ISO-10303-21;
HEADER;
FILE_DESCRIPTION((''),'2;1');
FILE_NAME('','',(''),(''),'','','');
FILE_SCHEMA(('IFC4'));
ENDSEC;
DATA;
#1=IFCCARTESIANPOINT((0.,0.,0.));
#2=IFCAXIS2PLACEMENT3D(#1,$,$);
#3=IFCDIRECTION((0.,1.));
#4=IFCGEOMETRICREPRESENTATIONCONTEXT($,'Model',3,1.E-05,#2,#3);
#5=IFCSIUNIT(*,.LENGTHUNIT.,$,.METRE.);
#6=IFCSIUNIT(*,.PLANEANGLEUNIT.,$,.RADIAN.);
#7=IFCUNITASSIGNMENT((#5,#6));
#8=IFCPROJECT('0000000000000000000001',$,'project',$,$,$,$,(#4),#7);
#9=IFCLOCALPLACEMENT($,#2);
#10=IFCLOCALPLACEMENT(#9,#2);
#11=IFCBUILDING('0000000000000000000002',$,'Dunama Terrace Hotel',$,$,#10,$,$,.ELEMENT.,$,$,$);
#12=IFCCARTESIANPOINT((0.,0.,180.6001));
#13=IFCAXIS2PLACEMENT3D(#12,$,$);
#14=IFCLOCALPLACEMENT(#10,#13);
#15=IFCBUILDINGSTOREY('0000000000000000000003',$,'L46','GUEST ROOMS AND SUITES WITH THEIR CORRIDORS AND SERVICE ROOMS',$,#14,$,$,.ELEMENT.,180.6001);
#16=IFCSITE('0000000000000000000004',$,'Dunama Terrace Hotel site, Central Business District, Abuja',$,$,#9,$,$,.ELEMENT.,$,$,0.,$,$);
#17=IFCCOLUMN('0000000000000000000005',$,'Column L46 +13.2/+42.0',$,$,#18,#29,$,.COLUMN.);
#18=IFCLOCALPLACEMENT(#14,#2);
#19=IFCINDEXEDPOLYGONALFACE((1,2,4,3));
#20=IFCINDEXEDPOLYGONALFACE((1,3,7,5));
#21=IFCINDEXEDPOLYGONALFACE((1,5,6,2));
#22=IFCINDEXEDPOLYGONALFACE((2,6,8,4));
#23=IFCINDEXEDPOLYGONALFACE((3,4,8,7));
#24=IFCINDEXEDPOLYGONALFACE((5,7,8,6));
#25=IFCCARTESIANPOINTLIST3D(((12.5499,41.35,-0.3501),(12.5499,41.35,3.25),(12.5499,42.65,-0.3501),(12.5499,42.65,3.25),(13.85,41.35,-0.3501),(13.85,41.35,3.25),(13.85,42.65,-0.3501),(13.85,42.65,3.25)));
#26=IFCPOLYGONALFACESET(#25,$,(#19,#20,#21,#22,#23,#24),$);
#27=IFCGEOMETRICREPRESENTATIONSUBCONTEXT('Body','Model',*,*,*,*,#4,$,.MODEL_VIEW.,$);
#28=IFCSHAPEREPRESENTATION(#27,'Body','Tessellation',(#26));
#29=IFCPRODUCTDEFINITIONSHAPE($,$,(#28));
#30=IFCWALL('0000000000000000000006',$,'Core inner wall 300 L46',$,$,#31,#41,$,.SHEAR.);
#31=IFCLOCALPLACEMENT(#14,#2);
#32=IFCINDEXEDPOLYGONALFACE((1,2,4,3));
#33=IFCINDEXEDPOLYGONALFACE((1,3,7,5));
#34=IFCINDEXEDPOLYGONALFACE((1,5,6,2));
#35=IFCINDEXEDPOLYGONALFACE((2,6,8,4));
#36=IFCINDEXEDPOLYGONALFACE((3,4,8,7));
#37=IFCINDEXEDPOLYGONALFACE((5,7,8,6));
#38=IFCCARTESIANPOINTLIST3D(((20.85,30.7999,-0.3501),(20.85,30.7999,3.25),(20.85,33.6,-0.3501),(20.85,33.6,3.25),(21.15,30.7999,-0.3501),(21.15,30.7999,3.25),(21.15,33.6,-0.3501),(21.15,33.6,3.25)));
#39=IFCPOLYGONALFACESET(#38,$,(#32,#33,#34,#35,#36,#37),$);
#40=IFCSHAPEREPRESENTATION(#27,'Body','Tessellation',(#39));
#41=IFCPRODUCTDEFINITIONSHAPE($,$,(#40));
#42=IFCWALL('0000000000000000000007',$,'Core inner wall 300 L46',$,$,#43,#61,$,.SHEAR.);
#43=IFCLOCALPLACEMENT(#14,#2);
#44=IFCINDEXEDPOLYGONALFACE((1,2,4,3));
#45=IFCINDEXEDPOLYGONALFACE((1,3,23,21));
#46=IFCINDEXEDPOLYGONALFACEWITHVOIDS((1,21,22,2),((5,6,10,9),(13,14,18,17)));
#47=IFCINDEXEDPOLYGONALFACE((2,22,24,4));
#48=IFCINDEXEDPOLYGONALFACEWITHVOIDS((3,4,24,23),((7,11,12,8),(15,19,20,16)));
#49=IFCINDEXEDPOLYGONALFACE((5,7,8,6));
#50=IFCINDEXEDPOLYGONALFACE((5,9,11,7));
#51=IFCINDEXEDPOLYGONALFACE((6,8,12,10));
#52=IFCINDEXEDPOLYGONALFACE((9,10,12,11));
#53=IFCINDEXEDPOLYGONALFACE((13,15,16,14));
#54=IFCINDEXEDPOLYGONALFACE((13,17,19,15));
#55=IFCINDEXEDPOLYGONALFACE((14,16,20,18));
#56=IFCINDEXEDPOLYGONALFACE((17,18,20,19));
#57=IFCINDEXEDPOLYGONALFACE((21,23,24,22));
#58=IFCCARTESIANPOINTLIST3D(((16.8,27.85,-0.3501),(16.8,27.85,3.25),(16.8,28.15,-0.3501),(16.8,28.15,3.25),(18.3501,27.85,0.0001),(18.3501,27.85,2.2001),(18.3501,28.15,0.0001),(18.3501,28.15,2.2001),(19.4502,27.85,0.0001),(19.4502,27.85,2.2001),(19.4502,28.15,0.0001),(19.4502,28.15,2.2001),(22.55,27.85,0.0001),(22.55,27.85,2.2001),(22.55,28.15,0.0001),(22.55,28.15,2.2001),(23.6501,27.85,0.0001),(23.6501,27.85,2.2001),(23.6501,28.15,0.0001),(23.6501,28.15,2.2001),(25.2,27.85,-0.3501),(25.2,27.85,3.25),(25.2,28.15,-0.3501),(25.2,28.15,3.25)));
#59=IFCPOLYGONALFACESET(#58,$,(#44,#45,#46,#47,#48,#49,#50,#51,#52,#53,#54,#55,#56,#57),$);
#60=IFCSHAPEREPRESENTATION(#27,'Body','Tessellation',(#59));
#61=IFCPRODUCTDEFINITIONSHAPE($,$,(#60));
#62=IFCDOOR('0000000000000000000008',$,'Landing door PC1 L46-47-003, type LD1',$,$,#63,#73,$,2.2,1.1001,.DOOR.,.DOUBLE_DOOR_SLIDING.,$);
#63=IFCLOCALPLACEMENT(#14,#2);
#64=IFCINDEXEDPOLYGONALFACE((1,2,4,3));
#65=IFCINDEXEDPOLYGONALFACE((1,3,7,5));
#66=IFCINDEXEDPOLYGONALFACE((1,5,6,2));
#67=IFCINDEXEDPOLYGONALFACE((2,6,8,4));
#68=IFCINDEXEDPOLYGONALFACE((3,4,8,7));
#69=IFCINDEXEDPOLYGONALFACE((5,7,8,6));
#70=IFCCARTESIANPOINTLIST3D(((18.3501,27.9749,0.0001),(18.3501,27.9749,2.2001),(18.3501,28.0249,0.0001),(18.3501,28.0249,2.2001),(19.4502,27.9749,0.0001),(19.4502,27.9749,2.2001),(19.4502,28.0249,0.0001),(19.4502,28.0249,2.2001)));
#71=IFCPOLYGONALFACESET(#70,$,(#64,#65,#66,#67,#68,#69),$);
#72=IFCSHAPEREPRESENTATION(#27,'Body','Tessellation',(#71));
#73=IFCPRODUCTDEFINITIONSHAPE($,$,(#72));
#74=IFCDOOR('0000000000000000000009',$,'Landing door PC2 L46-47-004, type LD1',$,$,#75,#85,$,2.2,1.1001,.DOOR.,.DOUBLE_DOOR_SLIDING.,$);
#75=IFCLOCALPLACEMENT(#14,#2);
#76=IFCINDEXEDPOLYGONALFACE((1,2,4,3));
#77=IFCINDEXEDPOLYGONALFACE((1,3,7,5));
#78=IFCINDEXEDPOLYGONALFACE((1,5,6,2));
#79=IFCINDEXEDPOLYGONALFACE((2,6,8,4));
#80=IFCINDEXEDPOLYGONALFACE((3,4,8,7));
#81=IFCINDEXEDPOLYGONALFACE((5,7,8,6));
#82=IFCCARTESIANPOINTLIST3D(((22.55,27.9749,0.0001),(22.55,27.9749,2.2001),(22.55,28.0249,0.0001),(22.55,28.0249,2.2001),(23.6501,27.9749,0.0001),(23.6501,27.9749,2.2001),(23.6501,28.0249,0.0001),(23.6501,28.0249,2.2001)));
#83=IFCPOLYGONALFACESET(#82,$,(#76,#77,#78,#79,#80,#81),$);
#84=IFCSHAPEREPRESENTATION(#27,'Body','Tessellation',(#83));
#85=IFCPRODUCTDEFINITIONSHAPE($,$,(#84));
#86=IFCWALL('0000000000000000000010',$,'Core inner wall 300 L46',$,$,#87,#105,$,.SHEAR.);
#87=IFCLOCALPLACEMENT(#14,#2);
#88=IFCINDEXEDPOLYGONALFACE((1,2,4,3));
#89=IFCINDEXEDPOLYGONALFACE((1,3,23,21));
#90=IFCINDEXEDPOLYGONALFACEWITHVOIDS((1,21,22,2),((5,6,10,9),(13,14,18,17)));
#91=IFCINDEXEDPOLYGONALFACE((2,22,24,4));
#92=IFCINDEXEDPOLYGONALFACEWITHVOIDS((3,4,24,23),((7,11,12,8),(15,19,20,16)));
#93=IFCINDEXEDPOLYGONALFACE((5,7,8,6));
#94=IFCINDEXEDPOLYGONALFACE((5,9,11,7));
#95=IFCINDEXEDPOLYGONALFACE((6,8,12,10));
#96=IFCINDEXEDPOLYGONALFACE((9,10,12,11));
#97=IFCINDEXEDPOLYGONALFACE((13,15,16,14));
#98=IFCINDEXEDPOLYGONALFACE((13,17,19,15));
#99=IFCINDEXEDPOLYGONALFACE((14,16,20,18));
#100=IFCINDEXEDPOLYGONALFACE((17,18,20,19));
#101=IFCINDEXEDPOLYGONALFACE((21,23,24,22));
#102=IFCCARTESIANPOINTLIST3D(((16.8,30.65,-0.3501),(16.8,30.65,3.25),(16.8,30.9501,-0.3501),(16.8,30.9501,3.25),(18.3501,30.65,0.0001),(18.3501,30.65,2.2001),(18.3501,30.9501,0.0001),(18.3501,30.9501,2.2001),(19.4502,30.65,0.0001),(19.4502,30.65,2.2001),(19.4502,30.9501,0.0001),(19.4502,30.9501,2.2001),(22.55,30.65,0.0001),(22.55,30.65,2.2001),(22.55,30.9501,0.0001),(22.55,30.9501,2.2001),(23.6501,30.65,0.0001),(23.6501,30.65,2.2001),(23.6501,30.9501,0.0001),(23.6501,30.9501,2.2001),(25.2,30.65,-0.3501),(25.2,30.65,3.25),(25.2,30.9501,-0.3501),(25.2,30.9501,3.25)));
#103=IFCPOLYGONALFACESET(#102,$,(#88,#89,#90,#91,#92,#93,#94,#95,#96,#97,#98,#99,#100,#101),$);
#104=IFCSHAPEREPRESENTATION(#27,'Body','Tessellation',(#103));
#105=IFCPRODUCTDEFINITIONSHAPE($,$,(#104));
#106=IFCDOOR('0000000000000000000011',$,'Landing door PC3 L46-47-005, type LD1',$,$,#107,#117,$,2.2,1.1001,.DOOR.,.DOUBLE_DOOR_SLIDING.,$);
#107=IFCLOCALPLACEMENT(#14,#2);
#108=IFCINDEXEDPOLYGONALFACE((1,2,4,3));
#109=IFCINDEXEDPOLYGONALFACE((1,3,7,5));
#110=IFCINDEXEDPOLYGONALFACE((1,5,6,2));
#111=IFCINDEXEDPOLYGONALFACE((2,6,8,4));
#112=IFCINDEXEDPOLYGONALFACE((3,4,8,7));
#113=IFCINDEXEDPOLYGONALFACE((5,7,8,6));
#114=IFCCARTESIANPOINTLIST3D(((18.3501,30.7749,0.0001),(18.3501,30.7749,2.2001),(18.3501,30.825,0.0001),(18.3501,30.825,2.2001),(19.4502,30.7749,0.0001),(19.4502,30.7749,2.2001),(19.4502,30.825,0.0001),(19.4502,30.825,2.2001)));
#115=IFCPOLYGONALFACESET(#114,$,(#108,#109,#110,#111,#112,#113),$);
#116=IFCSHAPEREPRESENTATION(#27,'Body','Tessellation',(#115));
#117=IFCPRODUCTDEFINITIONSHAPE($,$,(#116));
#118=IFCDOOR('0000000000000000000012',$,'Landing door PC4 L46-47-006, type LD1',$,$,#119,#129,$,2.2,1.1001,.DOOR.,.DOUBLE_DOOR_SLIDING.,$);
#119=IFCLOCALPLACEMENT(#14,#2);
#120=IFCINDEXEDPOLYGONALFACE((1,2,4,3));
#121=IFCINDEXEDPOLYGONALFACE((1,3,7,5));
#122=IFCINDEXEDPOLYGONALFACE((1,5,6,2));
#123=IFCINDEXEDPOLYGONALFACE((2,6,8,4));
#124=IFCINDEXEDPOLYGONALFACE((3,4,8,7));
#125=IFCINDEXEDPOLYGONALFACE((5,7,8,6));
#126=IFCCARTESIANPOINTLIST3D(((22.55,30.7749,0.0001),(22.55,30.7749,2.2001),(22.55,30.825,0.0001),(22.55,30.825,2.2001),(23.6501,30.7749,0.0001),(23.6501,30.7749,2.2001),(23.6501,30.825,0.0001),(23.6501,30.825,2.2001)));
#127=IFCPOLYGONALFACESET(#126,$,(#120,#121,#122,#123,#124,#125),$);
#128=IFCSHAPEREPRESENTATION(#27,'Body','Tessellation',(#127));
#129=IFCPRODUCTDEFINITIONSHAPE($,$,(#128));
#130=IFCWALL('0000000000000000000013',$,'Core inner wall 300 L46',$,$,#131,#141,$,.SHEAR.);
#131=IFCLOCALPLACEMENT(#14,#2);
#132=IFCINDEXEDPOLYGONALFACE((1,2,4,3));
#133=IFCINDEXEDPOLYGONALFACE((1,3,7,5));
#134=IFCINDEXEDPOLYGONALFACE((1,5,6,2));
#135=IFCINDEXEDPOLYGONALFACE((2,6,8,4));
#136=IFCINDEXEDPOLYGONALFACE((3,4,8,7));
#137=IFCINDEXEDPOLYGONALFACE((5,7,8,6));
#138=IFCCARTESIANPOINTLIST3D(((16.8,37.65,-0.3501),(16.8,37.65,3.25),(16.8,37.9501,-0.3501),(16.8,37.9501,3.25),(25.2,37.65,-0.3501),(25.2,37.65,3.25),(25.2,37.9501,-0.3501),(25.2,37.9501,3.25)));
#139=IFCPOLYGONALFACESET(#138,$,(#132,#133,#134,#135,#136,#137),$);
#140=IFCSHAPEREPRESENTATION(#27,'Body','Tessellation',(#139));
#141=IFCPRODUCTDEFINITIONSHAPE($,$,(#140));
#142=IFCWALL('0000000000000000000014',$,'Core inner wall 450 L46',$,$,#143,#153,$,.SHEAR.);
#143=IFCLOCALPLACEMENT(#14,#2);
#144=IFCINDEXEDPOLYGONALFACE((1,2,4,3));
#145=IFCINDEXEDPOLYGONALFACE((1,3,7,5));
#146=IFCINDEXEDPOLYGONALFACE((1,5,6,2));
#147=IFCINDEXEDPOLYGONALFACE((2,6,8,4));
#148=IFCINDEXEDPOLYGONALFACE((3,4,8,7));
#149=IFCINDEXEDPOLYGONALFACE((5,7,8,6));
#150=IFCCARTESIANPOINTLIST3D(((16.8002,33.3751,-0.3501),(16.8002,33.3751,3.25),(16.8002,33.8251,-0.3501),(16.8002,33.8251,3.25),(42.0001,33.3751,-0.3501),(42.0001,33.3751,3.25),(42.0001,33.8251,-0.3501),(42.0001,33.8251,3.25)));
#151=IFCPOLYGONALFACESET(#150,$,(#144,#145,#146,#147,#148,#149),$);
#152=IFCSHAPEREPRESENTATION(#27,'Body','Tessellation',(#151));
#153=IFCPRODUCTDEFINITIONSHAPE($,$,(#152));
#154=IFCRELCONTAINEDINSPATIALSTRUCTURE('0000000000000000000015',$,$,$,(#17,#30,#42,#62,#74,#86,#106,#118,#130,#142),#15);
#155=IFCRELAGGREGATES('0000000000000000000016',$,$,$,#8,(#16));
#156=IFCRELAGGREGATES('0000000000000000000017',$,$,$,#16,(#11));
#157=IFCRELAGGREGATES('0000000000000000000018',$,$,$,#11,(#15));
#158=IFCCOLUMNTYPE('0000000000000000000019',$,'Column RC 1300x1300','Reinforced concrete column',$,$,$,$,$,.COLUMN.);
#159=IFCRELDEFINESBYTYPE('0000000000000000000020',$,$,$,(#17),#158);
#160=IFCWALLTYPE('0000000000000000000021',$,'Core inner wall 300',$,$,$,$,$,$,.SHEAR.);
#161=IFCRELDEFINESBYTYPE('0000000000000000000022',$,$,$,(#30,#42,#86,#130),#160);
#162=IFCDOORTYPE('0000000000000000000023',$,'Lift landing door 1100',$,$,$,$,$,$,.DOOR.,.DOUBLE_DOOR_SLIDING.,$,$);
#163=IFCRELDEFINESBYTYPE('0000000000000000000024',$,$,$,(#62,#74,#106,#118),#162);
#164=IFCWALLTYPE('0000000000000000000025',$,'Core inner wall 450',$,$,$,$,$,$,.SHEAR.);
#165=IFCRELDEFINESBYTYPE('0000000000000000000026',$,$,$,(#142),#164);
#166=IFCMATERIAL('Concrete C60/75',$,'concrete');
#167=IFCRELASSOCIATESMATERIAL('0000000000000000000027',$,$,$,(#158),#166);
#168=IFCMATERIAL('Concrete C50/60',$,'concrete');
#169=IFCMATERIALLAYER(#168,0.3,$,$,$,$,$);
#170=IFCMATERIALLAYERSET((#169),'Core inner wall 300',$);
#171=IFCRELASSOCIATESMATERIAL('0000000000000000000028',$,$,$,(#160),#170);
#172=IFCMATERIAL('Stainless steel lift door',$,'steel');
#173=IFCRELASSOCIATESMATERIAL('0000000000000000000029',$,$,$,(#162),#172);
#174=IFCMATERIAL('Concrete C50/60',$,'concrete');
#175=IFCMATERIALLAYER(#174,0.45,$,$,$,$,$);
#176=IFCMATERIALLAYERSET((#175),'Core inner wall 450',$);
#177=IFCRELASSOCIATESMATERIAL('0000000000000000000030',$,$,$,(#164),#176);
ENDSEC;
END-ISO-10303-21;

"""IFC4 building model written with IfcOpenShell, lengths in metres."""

from ifc_helpers import new_model, si_unit, direction, frame, frame_2d, origin, origin_2d, place, context, subcontext, project, spatial, rectangle, extrude, material, layer, layer_set, material_profile, profile_set, type_object, element, fill, save


model = new_model("IFC4")

# Units and contexts
model_context = context("Model", 3, precision=1e-05, world=origin(), true_north=direction((0.0, 1.0)))
body_context = subcontext(model_context, "Body", "Model", "MODEL_VIEW")
ifc_project = project(units=[si_unit("LENGTHUNIT", "METRE"), si_unit("PLANEANGLEUNIT", "RADIAN")], contexts=[model_context])

# Site, building, storey
site_placement = place(None, origin())
site = spatial("IfcSite", under=ifc_project, at=site_placement, Name="Dunama Terrace Hotel site, Central Business District, Abuja", CompositionType="ELEMENT", RefElevation=0.0)
building_placement = place(site_placement, origin())
building = spatial("IfcBuilding", under=site, at=building_placement, Name="Dunama Terrace Hotel", CompositionType="ELEMENT")
storey_placement = place(building_placement, frame((0.0, 0.0, 180.6001)))
storey = spatial("IfcBuildingStorey", under=building, at=storey_placement, Name="L46", Description="GUEST ROOMS AND SUITES WITH THEIR CORRIDORS AND SERVICE ROOMS", CompositionType="ELEMENT", Elevation=180.6001)

# Column
ifc_material_1 = material(Name="Concrete C60/75", Category="concrete")
ifc_material_profile = material_profile(ifc_material_1, rectangle(XDim=1.3, YDim=1.3, at=origin_2d()), Name="RC 1300x1300")
ifc_profile_set = profile_set([ifc_material_profile], Name="Concrete C60/75")
column_type = type_object("IfcColumnType", Name="Column RC 1300x1300", Description="Reinforced concrete column", PredefinedType="COLUMN", material=ifc_profile_set)
column_placement = place(storey_placement, frame((13.2, 42.0, -0.3501), z_axis=(0.0, 0.0, 1.0), x_axis=(1.0, 0.0, 0.0)))
element("IfcColumn", 1, at=column_placement, inside=storey, type_object=column_type, Name="Column L46 +13.2/+42.0", PredefinedType="COLUMN", context=body_context, shape_type="SweptSolid", body=[
    extrude(rectangle(XDim=1.3, YDim=1.3, at=origin_2d()), origin(), (0.0, 0.0, 1.0), 3.6001),
])

# Wall
ifc_material_2 = material(Name="Concrete C50/60", Category="concrete")
ifc_layer_1 = layer(ifc_material_2, 0.3)
ifc_layer_set_1 = layer_set([ifc_layer_1], Name="Core inner wall 300")
wall_type_1 = type_object("IfcWallType", Name="Core inner wall 300", PredefinedType="SHEAR", material=ifc_layer_set_1)
wall_1_placement = place(storey_placement, frame((21.0, 30.8, -0.3501), z_axis=(0.0, 0.0, 1.0), x_axis=(0.0, 1.0, 0.0)))
element("IfcWall", 2, at=wall_1_placement, inside=storey, type_object=wall_type_1, Name="Core inner wall 300 L46", PredefinedType="SHEAR", context=body_context, shape_type="SweptSolid", body=[
    extrude(rectangle(XDim=2.8, YDim=0.3, at=frame_2d((1.3999, 0.0))), origin(), (0.0, 0.0, 1.0), 3.6001),
])

# Walls, openings, doors
wall_2_placement = place(storey_placement, frame((16.8, 28.0, -0.3501), z_axis=(0.0, 0.0, 1.0), x_axis=(1.0, 0.0, 0.0)))
wall_2 = element("IfcWall", 3, at=wall_2_placement, inside=storey, type_object=wall_type_1, Name="Core inner wall 300 L46", PredefinedType="SHEAR", context=body_context, shape_type="SweptSolid", body=[
    extrude(rectangle(XDim=8.3999, YDim=0.3, at=frame_2d((4.2, 0.0))), origin(), (0.0, 0.0, 1.0), 3.6001),
])
opening_1_placement = place(wall_2_placement, frame((1.55, 0.0, 0.3501)))
opening_1 = element("IfcOpeningElement", 4, at=opening_1_placement, cuts=wall_2, PredefinedType="OPENING", context=body_context, shape_type="SweptSolid", body=[
    extrude(rectangle(XDim=1.1001, YDim=2.2, at=frame_2d((0.55, 1.1001))), frame((0.0, 0.1599, 0.0), z_axis=(0.0, -1.0, 0.0), x_axis=(1.0, 0.0, 0.0)), (0.0, 0.0, 1.0), 0.3201),
])
opening_2_placement = place(wall_2_placement, frame((5.75, 0.0, 0.3501)))
opening_2 = element("IfcOpeningElement", 5, at=opening_2_placement, cuts=wall_2, PredefinedType="OPENING", context=body_context, shape_type="SweptSolid", body=[
    extrude(rectangle(XDim=1.1001, YDim=2.2, at=frame_2d((0.55, 1.1001))), frame((0.0, 0.1599, 0.0), z_axis=(0.0, -1.0, 0.0), x_axis=(1.0, 0.0, 0.0)), (0.0, 0.0, 1.0), 0.3201),
])
ifc_material_3 = material(Name="Stainless steel lift door", Category="steel")
door_type_1 = type_object("IfcDoorType", Name="Lift landing door 1100", OperationType="DOUBLE_DOOR_SLIDING", PredefinedType="DOOR", material=ifc_material_3)
door_1_placement = place(opening_1_placement, origin())
door_1 = element("IfcDoor", 6, at=door_1_placement, inside=storey, type_object=door_type_1, Name="Landing door PC1 L46-47-003, type LD1", OperationType="DOUBLE_DOOR_SLIDING", OverallHeight=2.2, OverallWidth=1.1001, PredefinedType="DOOR", context=body_context, shape_type="SweptSolid", body=[
    extrude(rectangle(XDim=1.1001, YDim=2.2, at=frame_2d((0.55, 1.1001))), frame((0.0, 0.0249, 0.0), z_axis=(0.0, -1.0, 0.0), x_axis=(1.0, 0.0, 0.0)), (0.0, 0.0, 1.0), 0.05),
])
fill(opening_1, door_1)
door_2_placement = place(opening_2_placement, origin())
door_2 = element("IfcDoor", 7, at=door_2_placement, inside=storey, type_object=door_type_1, Name="Landing door PC2 L46-47-004, type LD1", OperationType="DOUBLE_DOOR_SLIDING", OverallHeight=2.2, OverallWidth=1.1001, PredefinedType="DOOR", context=body_context, shape_type="SweptSolid", body=[
    extrude(rectangle(XDim=1.1001, YDim=2.2, at=frame_2d((0.55, 1.1001))), frame((0.0, 0.0249, 0.0), z_axis=(0.0, -1.0, 0.0), x_axis=(1.0, 0.0, 0.0)), (0.0, 0.0, 1.0), 0.05),
])
fill(opening_2, door_2)
wall_3_placement = place(storey_placement, frame((16.8, 30.8, -0.3501), z_axis=(0.0, 0.0, 1.0), x_axis=(1.0, 0.0, 0.0)))
wall_3 = element("IfcWall", 8, at=wall_3_placement, inside=storey, type_object=wall_type_1, Name="Core inner wall 300 L46", PredefinedType="SHEAR", context=body_context, shape_type="SweptSolid", body=[
    extrude(rectangle(XDim=8.3999, YDim=0.3, at=frame_2d((4.2, 0.0))), origin(), (0.0, 0.0, 1.0), 3.6001),
])
opening_3_placement = place(wall_3_placement, frame((1.55, 0.0, 0.3501)))
opening_3 = element("IfcOpeningElement", 9, at=opening_3_placement, cuts=wall_3, PredefinedType="OPENING", context=body_context, shape_type="SweptSolid", body=[
    extrude(rectangle(XDim=1.1001, YDim=2.2, at=frame_2d((0.55, 1.1001))), frame((0.0, 0.1599, 0.0), z_axis=(0.0, -1.0, 0.0), x_axis=(1.0, 0.0, 0.0)), (0.0, 0.0, 1.0), 0.3201),
])
opening_4_placement = place(wall_3_placement, frame((5.75, 0.0, 0.3501)))
opening_4 = element("IfcOpeningElement", 10, at=opening_4_placement, cuts=wall_3, PredefinedType="OPENING", context=body_context, shape_type="SweptSolid", body=[
    extrude(rectangle(XDim=1.1001, YDim=2.2, at=frame_2d((0.55, 1.1001))), frame((0.0, 0.1599, 0.0), z_axis=(0.0, -1.0, 0.0), x_axis=(1.0, 0.0, 0.0)), (0.0, 0.0, 1.0), 0.3201),
])
door_3_placement = place(opening_3_placement, origin())
door_3 = element("IfcDoor", 11, at=door_3_placement, inside=storey, type_object=door_type_1, Name="Landing door PC3 L46-47-005, type LD1", OperationType="DOUBLE_DOOR_SLIDING", OverallHeight=2.2, OverallWidth=1.1001, PredefinedType="DOOR", context=body_context, shape_type="SweptSolid", body=[
    extrude(rectangle(XDim=1.1001, YDim=2.2, at=frame_2d((0.55, 1.1001))), frame((0.0, 0.0249, 0.0), z_axis=(0.0, -1.0, 0.0), x_axis=(1.0, 0.0, 0.0)), (0.0, 0.0, 1.0), 0.05),
])
fill(opening_3, door_3)
door_4_placement = place(opening_4_placement, origin())
door_4 = element("IfcDoor", 12, at=door_4_placement, inside=storey, type_object=door_type_1, Name="Landing door PC4 L46-47-006, type LD1", OperationType="DOUBLE_DOOR_SLIDING", OverallHeight=2.2, OverallWidth=1.1001, PredefinedType="DOOR", context=body_context, shape_type="SweptSolid", body=[
    extrude(rectangle(XDim=1.1001, YDim=2.2, at=frame_2d((0.55, 1.1001))), frame((0.0, 0.0249, 0.0), z_axis=(0.0, -1.0, 0.0), x_axis=(1.0, 0.0, 0.0)), (0.0, 0.0, 1.0), 0.05),
])
fill(opening_4, door_4)

# Walls
wall_4_placement = place(storey_placement, frame((16.8, 37.8, -0.3501), z_axis=(0.0, 0.0, 1.0), x_axis=(1.0, 0.0, 0.0)))
element("IfcWall", 13, at=wall_4_placement, inside=storey, type_object=wall_type_1, Name="Core inner wall 300 L46", PredefinedType="SHEAR", context=body_context, shape_type="SweptSolid", body=[
    extrude(rectangle(XDim=8.3999, YDim=0.3, at=frame_2d((4.2, 0.0))), origin(), (0.0, 0.0, 1.0), 3.6001),
])
ifc_material_4 = material(Name="Concrete C50/60", Category="concrete")
ifc_layer_2 = layer(ifc_material_4, 0.45)
ifc_layer_set_2 = layer_set([ifc_layer_2], Name="Core inner wall 450")
wall_type_2 = type_object("IfcWallType", Name="Core inner wall 450", PredefinedType="SHEAR", material=ifc_layer_set_2)
wall_5_placement = place(storey_placement, frame((16.8, 33.6001, -0.3501), z_axis=(0.0, 0.0, 1.0), x_axis=(1.0, 0.0, 0.0)))
element("IfcWall", 14, at=wall_5_placement, inside=storey, type_object=wall_type_2, Name="Core inner wall 450 L46", PredefinedType="SHEAR", context=body_context, shape_type="SweptSolid", body=[
    extrude(rectangle(XDim=25.2, YDim=0.45, at=frame_2d((12.6001, 0.0))), origin(), (0.0, 0.0, 1.0), 3.6001),
])

save(model, "model.ifc")
